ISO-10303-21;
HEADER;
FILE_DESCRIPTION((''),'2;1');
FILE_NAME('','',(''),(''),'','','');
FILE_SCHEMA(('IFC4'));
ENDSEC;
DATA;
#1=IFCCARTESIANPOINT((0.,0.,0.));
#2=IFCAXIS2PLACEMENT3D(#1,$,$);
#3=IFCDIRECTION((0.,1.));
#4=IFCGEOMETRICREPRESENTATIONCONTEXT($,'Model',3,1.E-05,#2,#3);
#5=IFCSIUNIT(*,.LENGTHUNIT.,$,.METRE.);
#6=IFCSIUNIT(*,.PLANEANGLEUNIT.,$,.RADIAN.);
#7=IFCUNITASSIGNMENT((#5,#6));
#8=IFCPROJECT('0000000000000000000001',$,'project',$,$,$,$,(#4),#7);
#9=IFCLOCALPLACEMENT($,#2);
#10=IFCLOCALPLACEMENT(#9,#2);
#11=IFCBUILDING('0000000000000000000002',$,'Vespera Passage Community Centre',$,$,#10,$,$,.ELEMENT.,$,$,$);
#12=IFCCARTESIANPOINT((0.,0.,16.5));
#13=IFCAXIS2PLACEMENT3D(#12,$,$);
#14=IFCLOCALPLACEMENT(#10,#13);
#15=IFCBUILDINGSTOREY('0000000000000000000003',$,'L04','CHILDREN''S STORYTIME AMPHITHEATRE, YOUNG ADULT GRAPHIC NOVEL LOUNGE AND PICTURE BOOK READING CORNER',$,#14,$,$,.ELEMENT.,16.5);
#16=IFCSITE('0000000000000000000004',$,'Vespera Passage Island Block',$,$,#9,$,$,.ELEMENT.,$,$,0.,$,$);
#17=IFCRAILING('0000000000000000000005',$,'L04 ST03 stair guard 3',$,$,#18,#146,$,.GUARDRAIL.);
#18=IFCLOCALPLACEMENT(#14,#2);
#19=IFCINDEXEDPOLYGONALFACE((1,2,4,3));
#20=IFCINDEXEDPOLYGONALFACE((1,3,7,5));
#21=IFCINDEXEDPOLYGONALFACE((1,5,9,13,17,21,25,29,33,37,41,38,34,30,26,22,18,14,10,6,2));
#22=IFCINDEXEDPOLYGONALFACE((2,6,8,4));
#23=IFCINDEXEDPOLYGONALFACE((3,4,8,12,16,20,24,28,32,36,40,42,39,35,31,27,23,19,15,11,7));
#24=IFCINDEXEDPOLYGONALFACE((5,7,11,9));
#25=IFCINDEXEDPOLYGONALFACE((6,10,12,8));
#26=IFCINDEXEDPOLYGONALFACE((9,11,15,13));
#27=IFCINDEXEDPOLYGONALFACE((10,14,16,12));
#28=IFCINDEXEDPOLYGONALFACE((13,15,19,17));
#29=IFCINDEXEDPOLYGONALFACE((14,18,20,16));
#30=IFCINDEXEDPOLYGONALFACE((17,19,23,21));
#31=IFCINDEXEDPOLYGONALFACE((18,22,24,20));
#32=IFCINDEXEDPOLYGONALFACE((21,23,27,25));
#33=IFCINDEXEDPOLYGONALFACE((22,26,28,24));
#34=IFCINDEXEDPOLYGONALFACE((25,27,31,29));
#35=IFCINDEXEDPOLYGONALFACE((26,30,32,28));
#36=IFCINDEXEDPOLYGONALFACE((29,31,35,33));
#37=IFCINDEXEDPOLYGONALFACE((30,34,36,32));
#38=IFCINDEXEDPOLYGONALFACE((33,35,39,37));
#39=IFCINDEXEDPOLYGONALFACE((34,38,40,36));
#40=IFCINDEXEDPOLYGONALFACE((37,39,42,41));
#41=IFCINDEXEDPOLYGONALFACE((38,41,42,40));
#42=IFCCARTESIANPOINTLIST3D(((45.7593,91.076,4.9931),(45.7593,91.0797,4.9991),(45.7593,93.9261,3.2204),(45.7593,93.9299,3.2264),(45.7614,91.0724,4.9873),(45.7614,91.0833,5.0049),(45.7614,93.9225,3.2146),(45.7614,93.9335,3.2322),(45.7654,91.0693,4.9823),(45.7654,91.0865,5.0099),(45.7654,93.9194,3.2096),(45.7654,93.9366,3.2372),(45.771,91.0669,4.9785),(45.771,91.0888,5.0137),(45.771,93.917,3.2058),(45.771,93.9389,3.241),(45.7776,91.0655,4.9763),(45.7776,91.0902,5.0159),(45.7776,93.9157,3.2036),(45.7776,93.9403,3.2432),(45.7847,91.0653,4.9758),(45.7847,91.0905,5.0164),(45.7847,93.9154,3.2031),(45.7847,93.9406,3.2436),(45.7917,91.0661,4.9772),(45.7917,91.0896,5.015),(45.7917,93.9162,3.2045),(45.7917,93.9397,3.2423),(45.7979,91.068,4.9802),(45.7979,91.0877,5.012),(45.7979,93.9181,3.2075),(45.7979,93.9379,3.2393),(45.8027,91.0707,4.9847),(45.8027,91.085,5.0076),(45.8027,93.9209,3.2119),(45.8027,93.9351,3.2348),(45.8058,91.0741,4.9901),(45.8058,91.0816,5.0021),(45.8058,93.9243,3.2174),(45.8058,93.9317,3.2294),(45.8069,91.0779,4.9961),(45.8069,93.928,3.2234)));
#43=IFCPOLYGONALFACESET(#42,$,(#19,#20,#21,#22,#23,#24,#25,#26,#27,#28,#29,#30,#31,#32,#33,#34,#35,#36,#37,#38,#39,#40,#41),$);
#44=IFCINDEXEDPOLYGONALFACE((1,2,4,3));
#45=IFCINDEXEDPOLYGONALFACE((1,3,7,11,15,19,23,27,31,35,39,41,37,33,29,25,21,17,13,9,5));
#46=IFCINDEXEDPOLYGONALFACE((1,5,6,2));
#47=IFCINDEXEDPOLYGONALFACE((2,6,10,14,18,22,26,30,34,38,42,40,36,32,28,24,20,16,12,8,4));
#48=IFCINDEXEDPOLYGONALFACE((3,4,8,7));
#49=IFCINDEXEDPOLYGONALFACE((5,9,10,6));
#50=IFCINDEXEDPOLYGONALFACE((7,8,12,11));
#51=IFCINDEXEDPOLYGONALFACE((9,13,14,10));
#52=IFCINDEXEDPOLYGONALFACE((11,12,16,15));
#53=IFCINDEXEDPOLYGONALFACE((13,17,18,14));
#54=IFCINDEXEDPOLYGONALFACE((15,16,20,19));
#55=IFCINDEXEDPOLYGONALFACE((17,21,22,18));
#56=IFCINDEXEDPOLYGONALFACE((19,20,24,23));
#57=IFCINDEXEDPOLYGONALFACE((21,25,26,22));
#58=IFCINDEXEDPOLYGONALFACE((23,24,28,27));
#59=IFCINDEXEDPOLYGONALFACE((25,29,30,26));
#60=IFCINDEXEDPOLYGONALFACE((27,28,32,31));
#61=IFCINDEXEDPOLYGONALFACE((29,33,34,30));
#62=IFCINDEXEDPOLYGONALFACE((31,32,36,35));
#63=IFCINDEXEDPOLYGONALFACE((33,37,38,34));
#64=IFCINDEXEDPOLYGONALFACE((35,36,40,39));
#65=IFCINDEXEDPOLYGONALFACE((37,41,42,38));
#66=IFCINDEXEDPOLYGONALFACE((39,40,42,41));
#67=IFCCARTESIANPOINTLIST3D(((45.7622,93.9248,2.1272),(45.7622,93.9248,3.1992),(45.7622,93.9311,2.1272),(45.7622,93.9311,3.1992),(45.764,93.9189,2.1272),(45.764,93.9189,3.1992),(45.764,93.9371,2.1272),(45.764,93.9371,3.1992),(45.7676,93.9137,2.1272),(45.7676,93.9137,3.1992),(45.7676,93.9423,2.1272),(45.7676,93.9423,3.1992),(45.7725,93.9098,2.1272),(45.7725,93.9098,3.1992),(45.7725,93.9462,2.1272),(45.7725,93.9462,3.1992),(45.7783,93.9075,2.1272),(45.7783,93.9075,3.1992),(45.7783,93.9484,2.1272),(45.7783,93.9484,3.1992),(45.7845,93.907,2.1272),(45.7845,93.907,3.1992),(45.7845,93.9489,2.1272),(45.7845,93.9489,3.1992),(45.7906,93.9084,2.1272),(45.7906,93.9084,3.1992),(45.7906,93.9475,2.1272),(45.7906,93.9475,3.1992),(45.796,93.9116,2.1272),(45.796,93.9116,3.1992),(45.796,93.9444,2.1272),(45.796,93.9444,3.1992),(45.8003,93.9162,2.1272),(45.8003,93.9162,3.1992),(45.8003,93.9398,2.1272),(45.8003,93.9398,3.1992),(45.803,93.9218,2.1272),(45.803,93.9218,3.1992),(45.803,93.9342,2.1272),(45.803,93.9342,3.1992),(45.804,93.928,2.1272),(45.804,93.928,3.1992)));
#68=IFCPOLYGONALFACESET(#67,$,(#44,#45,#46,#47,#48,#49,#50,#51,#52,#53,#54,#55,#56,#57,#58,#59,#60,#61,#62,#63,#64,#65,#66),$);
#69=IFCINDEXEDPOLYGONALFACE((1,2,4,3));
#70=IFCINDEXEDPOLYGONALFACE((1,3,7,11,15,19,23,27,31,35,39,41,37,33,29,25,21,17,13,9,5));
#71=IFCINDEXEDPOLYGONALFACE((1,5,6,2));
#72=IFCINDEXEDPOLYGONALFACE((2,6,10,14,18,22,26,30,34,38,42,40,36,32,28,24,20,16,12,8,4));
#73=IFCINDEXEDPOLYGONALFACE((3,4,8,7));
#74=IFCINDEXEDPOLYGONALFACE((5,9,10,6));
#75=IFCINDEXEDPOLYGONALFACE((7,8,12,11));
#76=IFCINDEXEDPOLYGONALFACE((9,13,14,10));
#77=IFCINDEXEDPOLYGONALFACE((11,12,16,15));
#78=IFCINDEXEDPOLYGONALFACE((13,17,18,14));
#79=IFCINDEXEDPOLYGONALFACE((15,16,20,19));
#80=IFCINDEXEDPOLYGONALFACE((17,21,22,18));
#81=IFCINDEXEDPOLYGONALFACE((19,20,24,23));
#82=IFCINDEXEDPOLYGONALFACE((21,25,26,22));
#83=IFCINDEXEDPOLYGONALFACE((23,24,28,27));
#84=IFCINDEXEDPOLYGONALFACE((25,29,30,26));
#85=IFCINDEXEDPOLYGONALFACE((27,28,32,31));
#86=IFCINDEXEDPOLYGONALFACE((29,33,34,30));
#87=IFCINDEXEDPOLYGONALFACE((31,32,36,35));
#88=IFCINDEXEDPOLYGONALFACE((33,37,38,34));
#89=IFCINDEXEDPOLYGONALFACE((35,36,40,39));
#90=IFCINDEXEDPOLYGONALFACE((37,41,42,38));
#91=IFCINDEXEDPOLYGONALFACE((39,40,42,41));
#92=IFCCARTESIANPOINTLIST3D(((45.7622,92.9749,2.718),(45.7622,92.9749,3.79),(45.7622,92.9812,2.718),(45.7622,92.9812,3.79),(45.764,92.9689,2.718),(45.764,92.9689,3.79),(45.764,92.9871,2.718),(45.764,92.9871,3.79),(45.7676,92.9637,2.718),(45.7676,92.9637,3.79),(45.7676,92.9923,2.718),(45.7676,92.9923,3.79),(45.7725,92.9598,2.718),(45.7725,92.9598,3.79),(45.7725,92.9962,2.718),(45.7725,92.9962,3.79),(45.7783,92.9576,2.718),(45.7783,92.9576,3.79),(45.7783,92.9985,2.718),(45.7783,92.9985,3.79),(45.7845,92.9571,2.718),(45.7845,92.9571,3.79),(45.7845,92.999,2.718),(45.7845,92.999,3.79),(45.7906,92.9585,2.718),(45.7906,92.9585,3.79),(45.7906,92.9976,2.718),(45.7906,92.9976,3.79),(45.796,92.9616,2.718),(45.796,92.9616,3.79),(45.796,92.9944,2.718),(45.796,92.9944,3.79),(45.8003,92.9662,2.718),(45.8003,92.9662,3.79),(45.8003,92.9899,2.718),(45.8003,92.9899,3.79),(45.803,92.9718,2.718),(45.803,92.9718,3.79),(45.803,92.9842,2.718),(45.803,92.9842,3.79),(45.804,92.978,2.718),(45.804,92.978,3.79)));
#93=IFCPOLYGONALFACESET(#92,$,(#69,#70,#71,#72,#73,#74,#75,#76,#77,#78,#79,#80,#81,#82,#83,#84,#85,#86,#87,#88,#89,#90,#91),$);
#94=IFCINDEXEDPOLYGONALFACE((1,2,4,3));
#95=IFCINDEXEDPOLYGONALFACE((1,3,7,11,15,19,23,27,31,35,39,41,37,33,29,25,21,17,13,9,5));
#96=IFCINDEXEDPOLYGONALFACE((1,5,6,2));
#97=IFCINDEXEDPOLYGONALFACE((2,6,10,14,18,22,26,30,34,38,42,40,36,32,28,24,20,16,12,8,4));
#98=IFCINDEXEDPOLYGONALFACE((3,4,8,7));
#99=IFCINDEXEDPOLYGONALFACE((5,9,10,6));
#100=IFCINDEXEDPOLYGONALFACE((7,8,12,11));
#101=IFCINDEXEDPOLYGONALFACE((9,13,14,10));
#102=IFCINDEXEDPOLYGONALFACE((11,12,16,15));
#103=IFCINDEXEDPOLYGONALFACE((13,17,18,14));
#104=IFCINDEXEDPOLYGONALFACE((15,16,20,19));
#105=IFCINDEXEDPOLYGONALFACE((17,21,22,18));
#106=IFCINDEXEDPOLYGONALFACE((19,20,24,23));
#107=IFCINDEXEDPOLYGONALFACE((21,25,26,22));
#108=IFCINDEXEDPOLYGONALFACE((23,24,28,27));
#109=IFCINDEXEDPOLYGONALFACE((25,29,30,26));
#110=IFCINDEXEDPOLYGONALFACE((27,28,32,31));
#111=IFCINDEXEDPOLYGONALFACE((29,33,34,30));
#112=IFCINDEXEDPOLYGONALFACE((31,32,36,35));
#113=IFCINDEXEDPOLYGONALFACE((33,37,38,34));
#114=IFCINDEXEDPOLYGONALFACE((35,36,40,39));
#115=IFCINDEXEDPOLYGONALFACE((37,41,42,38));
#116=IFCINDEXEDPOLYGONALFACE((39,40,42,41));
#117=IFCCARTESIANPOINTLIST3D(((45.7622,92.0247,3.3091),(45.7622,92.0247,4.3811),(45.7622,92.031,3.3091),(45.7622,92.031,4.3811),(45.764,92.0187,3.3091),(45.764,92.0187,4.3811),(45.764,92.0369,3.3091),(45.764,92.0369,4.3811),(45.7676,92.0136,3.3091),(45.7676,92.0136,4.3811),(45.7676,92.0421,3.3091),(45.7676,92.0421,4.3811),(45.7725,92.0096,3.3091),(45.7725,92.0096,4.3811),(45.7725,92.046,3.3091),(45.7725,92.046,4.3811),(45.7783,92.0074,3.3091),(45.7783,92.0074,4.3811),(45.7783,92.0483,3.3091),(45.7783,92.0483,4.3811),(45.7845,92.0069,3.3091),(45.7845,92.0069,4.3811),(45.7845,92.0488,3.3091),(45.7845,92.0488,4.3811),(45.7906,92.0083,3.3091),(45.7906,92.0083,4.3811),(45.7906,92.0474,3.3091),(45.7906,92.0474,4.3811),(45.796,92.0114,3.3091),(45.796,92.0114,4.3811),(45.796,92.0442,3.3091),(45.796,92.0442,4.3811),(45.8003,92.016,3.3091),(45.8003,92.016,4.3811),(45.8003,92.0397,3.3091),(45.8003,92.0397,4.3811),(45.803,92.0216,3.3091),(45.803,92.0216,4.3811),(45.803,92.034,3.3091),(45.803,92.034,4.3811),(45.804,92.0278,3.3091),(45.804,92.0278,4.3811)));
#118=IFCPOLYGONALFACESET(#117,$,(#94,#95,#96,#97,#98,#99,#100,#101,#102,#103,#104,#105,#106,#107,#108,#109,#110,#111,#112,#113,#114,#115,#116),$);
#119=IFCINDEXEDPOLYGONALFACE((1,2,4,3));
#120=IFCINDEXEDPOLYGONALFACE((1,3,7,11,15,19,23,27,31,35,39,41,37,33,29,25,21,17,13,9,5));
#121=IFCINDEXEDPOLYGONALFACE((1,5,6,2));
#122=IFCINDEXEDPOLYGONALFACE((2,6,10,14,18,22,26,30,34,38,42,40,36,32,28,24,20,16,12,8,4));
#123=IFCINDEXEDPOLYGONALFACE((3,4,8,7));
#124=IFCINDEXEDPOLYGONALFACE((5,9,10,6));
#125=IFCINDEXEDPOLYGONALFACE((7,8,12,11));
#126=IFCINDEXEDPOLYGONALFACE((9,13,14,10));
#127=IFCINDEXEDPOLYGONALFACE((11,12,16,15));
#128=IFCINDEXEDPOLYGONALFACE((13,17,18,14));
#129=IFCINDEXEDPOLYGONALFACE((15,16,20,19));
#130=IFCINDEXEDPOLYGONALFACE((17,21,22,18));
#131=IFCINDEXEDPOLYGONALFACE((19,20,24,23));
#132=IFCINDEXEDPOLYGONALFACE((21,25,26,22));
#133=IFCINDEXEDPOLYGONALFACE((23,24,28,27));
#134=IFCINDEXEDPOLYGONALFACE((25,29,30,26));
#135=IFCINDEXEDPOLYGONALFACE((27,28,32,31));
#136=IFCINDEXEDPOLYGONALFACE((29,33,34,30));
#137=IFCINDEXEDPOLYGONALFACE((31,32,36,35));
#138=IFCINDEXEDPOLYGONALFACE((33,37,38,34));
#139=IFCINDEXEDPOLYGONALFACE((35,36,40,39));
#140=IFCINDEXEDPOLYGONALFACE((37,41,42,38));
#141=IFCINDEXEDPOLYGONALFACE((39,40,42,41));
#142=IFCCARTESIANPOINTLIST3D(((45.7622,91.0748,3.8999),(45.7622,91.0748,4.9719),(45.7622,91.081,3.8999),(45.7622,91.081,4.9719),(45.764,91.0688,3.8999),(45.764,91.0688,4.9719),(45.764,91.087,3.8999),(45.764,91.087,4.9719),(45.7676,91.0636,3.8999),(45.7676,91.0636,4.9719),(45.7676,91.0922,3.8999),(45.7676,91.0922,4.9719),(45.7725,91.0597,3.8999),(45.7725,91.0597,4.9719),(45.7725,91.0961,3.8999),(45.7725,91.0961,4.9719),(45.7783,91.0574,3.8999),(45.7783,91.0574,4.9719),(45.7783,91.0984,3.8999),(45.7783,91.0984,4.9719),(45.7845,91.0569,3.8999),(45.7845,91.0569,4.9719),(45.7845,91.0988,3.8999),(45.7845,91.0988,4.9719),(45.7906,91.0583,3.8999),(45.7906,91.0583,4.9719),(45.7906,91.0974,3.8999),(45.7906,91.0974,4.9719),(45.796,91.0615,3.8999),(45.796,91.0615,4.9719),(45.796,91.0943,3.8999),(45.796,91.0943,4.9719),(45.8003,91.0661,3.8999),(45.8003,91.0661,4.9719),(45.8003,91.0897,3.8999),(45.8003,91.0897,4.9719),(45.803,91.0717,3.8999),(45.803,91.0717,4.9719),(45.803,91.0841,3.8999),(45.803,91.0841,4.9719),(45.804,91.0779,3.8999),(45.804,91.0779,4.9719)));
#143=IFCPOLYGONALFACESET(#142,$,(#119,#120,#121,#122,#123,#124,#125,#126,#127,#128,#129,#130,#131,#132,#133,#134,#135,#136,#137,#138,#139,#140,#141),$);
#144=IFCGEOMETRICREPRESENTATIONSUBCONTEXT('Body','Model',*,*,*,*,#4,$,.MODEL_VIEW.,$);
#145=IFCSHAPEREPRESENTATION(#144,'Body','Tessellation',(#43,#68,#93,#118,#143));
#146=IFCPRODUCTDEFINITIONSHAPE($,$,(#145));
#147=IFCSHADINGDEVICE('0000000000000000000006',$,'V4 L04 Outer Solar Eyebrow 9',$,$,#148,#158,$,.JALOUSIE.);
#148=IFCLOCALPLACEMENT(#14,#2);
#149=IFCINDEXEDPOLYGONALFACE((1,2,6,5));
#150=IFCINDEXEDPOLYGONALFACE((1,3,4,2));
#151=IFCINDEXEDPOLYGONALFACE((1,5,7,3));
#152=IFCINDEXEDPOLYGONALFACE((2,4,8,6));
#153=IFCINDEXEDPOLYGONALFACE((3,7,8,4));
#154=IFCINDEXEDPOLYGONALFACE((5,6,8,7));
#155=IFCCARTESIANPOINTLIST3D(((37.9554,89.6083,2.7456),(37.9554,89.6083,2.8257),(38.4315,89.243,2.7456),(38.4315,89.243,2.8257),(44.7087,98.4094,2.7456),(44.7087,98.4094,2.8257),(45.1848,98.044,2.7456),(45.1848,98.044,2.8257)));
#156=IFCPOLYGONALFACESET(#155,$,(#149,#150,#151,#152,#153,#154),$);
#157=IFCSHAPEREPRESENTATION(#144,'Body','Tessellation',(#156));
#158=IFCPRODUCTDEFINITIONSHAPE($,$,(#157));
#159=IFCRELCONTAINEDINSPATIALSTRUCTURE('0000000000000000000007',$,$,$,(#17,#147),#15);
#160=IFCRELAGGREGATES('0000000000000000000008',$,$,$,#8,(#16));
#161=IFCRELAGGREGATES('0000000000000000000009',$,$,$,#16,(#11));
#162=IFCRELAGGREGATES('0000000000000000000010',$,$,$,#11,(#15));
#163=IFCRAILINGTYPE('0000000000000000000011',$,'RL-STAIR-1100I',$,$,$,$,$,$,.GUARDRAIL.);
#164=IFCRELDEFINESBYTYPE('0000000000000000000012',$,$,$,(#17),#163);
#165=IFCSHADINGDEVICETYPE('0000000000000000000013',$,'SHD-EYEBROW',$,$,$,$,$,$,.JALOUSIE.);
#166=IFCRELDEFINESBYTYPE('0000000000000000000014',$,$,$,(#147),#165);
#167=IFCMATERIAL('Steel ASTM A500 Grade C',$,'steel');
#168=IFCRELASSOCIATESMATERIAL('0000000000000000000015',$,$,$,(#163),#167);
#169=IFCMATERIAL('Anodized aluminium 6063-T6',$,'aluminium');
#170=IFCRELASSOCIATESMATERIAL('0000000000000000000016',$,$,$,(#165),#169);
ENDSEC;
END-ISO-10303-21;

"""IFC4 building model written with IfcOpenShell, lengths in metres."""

from ifc_helpers import new_model, si_unit, direction, frame, origin, origin_2d, place, context, subcontext, project, spatial, rectangle, circle, extrude, material, type_object, element, save


model = new_model("IFC4")

# Units and contexts
model_context = context("Model", 3, precision=1e-05, world=origin(), true_north=direction((0.0, 1.0)))
body_context = subcontext(model_context, "Body", "Model", "MODEL_VIEW")
ifc_project = project(units=[si_unit("LENGTHUNIT", "METRE"), si_unit("PLANEANGLEUNIT", "RADIAN")], contexts=[model_context])

# Site, building, storey
site_placement = place(None, origin())
site = spatial("IfcSite", under=ifc_project, at=site_placement, Name="Vespera Passage Island Block", CompositionType="ELEMENT", RefElevation=0.0)
building_placement = place(site_placement, origin())
building = spatial("IfcBuilding", under=site, at=building_placement, Name="Vespera Passage Community Centre", CompositionType="ELEMENT")
storey_placement = place(building_placement, frame((0.0, 0.0, 16.5)))
storey = spatial("IfcBuildingStorey", under=building, at=storey_placement, Name="L04", Description="CHILDREN'S STORYTIME AMPHITHEATRE, YOUNG ADULT GRAPHIC NOVEL LOUNGE AND PICTURE BOOK READING CORNER", CompositionType="ELEMENT", Elevation=16.5)

# Railing
ifc_material_1 = material(Name="Steel ASTM A500 Grade C", Category="steel")
railing_type_1 = type_object("IfcRailingType", Name="RL-STAIR-1100I", PredefinedType="GUARDRAIL", material=ifc_material_1)
railing_1_placement = place(storey_placement, frame((45.783, 93.928, 2.1272)))
element("IfcRailing", 1, at=railing_1_placement, inside=storey, type_object=railing_type_1, Name="L04 ST03 stair guard 3", PredefinedType="GUARDRAIL", context=body_context, shape_type="SweptSolid", body=[
    extrude(circle(Radius=0.0239, at=origin_2d()), frame((0.0, 0.0, 1.0962), z_axis=(0.0, -0.849149, 0.528154), x_axis=(1.0, 0.0, 0.0)), (0.0, 0.0, 1.0), 3.3564),
    extrude(circle(Radius=0.021, at=origin_2d()), origin(), (0.0, 0.0, 1.0), 1.072),
    extrude(circle(Radius=0.021, at=origin_2d()), frame((0.0, -0.95, 0.5908)), (0.0, 0.0, 1.0), 1.072),
    extrude(circle(Radius=0.021, at=origin_2d()), frame((0.0, -1.9001, 1.1819)), (0.0, 0.0, 1.0), 1.072),
    extrude(circle(Radius=0.021, at=origin_2d()), frame((0.0, -2.8501, 1.7727)), (0.0, 0.0, 1.0), 1.072),
])

# Shading device
ifc_material_2 = material(Name="Anodized aluminium 6063-T6", Category="aluminium")
shading_device_type = type_object("IfcShadingDeviceType", Name="SHD-EYEBROW", PredefinedType="JALOUSIE", material=ifc_material_2)
shading_device_placement = place(storey_placement, frame((41.5701, 93.8262, 2.7456), z_axis=(0.0, 0.0, 1.0), x_axis=(0.608761, 0.793353, 0.0)))
element("IfcShadingDevice", 2, at=shading_device_placement, inside=storey, type_object=shading_device_type, Name="V4 L04 Outer Solar Eyebrow 9", PredefinedType="JALOUSIE", context=body_context, shape_type="SweptSolid", body=[
    extrude(rectangle(XDim=11.0935, YDim=0.6001, at=origin_2d()), origin(), (0.0, 0.0, 1.0), 0.0801),
])

save(model, "model.ifc")
